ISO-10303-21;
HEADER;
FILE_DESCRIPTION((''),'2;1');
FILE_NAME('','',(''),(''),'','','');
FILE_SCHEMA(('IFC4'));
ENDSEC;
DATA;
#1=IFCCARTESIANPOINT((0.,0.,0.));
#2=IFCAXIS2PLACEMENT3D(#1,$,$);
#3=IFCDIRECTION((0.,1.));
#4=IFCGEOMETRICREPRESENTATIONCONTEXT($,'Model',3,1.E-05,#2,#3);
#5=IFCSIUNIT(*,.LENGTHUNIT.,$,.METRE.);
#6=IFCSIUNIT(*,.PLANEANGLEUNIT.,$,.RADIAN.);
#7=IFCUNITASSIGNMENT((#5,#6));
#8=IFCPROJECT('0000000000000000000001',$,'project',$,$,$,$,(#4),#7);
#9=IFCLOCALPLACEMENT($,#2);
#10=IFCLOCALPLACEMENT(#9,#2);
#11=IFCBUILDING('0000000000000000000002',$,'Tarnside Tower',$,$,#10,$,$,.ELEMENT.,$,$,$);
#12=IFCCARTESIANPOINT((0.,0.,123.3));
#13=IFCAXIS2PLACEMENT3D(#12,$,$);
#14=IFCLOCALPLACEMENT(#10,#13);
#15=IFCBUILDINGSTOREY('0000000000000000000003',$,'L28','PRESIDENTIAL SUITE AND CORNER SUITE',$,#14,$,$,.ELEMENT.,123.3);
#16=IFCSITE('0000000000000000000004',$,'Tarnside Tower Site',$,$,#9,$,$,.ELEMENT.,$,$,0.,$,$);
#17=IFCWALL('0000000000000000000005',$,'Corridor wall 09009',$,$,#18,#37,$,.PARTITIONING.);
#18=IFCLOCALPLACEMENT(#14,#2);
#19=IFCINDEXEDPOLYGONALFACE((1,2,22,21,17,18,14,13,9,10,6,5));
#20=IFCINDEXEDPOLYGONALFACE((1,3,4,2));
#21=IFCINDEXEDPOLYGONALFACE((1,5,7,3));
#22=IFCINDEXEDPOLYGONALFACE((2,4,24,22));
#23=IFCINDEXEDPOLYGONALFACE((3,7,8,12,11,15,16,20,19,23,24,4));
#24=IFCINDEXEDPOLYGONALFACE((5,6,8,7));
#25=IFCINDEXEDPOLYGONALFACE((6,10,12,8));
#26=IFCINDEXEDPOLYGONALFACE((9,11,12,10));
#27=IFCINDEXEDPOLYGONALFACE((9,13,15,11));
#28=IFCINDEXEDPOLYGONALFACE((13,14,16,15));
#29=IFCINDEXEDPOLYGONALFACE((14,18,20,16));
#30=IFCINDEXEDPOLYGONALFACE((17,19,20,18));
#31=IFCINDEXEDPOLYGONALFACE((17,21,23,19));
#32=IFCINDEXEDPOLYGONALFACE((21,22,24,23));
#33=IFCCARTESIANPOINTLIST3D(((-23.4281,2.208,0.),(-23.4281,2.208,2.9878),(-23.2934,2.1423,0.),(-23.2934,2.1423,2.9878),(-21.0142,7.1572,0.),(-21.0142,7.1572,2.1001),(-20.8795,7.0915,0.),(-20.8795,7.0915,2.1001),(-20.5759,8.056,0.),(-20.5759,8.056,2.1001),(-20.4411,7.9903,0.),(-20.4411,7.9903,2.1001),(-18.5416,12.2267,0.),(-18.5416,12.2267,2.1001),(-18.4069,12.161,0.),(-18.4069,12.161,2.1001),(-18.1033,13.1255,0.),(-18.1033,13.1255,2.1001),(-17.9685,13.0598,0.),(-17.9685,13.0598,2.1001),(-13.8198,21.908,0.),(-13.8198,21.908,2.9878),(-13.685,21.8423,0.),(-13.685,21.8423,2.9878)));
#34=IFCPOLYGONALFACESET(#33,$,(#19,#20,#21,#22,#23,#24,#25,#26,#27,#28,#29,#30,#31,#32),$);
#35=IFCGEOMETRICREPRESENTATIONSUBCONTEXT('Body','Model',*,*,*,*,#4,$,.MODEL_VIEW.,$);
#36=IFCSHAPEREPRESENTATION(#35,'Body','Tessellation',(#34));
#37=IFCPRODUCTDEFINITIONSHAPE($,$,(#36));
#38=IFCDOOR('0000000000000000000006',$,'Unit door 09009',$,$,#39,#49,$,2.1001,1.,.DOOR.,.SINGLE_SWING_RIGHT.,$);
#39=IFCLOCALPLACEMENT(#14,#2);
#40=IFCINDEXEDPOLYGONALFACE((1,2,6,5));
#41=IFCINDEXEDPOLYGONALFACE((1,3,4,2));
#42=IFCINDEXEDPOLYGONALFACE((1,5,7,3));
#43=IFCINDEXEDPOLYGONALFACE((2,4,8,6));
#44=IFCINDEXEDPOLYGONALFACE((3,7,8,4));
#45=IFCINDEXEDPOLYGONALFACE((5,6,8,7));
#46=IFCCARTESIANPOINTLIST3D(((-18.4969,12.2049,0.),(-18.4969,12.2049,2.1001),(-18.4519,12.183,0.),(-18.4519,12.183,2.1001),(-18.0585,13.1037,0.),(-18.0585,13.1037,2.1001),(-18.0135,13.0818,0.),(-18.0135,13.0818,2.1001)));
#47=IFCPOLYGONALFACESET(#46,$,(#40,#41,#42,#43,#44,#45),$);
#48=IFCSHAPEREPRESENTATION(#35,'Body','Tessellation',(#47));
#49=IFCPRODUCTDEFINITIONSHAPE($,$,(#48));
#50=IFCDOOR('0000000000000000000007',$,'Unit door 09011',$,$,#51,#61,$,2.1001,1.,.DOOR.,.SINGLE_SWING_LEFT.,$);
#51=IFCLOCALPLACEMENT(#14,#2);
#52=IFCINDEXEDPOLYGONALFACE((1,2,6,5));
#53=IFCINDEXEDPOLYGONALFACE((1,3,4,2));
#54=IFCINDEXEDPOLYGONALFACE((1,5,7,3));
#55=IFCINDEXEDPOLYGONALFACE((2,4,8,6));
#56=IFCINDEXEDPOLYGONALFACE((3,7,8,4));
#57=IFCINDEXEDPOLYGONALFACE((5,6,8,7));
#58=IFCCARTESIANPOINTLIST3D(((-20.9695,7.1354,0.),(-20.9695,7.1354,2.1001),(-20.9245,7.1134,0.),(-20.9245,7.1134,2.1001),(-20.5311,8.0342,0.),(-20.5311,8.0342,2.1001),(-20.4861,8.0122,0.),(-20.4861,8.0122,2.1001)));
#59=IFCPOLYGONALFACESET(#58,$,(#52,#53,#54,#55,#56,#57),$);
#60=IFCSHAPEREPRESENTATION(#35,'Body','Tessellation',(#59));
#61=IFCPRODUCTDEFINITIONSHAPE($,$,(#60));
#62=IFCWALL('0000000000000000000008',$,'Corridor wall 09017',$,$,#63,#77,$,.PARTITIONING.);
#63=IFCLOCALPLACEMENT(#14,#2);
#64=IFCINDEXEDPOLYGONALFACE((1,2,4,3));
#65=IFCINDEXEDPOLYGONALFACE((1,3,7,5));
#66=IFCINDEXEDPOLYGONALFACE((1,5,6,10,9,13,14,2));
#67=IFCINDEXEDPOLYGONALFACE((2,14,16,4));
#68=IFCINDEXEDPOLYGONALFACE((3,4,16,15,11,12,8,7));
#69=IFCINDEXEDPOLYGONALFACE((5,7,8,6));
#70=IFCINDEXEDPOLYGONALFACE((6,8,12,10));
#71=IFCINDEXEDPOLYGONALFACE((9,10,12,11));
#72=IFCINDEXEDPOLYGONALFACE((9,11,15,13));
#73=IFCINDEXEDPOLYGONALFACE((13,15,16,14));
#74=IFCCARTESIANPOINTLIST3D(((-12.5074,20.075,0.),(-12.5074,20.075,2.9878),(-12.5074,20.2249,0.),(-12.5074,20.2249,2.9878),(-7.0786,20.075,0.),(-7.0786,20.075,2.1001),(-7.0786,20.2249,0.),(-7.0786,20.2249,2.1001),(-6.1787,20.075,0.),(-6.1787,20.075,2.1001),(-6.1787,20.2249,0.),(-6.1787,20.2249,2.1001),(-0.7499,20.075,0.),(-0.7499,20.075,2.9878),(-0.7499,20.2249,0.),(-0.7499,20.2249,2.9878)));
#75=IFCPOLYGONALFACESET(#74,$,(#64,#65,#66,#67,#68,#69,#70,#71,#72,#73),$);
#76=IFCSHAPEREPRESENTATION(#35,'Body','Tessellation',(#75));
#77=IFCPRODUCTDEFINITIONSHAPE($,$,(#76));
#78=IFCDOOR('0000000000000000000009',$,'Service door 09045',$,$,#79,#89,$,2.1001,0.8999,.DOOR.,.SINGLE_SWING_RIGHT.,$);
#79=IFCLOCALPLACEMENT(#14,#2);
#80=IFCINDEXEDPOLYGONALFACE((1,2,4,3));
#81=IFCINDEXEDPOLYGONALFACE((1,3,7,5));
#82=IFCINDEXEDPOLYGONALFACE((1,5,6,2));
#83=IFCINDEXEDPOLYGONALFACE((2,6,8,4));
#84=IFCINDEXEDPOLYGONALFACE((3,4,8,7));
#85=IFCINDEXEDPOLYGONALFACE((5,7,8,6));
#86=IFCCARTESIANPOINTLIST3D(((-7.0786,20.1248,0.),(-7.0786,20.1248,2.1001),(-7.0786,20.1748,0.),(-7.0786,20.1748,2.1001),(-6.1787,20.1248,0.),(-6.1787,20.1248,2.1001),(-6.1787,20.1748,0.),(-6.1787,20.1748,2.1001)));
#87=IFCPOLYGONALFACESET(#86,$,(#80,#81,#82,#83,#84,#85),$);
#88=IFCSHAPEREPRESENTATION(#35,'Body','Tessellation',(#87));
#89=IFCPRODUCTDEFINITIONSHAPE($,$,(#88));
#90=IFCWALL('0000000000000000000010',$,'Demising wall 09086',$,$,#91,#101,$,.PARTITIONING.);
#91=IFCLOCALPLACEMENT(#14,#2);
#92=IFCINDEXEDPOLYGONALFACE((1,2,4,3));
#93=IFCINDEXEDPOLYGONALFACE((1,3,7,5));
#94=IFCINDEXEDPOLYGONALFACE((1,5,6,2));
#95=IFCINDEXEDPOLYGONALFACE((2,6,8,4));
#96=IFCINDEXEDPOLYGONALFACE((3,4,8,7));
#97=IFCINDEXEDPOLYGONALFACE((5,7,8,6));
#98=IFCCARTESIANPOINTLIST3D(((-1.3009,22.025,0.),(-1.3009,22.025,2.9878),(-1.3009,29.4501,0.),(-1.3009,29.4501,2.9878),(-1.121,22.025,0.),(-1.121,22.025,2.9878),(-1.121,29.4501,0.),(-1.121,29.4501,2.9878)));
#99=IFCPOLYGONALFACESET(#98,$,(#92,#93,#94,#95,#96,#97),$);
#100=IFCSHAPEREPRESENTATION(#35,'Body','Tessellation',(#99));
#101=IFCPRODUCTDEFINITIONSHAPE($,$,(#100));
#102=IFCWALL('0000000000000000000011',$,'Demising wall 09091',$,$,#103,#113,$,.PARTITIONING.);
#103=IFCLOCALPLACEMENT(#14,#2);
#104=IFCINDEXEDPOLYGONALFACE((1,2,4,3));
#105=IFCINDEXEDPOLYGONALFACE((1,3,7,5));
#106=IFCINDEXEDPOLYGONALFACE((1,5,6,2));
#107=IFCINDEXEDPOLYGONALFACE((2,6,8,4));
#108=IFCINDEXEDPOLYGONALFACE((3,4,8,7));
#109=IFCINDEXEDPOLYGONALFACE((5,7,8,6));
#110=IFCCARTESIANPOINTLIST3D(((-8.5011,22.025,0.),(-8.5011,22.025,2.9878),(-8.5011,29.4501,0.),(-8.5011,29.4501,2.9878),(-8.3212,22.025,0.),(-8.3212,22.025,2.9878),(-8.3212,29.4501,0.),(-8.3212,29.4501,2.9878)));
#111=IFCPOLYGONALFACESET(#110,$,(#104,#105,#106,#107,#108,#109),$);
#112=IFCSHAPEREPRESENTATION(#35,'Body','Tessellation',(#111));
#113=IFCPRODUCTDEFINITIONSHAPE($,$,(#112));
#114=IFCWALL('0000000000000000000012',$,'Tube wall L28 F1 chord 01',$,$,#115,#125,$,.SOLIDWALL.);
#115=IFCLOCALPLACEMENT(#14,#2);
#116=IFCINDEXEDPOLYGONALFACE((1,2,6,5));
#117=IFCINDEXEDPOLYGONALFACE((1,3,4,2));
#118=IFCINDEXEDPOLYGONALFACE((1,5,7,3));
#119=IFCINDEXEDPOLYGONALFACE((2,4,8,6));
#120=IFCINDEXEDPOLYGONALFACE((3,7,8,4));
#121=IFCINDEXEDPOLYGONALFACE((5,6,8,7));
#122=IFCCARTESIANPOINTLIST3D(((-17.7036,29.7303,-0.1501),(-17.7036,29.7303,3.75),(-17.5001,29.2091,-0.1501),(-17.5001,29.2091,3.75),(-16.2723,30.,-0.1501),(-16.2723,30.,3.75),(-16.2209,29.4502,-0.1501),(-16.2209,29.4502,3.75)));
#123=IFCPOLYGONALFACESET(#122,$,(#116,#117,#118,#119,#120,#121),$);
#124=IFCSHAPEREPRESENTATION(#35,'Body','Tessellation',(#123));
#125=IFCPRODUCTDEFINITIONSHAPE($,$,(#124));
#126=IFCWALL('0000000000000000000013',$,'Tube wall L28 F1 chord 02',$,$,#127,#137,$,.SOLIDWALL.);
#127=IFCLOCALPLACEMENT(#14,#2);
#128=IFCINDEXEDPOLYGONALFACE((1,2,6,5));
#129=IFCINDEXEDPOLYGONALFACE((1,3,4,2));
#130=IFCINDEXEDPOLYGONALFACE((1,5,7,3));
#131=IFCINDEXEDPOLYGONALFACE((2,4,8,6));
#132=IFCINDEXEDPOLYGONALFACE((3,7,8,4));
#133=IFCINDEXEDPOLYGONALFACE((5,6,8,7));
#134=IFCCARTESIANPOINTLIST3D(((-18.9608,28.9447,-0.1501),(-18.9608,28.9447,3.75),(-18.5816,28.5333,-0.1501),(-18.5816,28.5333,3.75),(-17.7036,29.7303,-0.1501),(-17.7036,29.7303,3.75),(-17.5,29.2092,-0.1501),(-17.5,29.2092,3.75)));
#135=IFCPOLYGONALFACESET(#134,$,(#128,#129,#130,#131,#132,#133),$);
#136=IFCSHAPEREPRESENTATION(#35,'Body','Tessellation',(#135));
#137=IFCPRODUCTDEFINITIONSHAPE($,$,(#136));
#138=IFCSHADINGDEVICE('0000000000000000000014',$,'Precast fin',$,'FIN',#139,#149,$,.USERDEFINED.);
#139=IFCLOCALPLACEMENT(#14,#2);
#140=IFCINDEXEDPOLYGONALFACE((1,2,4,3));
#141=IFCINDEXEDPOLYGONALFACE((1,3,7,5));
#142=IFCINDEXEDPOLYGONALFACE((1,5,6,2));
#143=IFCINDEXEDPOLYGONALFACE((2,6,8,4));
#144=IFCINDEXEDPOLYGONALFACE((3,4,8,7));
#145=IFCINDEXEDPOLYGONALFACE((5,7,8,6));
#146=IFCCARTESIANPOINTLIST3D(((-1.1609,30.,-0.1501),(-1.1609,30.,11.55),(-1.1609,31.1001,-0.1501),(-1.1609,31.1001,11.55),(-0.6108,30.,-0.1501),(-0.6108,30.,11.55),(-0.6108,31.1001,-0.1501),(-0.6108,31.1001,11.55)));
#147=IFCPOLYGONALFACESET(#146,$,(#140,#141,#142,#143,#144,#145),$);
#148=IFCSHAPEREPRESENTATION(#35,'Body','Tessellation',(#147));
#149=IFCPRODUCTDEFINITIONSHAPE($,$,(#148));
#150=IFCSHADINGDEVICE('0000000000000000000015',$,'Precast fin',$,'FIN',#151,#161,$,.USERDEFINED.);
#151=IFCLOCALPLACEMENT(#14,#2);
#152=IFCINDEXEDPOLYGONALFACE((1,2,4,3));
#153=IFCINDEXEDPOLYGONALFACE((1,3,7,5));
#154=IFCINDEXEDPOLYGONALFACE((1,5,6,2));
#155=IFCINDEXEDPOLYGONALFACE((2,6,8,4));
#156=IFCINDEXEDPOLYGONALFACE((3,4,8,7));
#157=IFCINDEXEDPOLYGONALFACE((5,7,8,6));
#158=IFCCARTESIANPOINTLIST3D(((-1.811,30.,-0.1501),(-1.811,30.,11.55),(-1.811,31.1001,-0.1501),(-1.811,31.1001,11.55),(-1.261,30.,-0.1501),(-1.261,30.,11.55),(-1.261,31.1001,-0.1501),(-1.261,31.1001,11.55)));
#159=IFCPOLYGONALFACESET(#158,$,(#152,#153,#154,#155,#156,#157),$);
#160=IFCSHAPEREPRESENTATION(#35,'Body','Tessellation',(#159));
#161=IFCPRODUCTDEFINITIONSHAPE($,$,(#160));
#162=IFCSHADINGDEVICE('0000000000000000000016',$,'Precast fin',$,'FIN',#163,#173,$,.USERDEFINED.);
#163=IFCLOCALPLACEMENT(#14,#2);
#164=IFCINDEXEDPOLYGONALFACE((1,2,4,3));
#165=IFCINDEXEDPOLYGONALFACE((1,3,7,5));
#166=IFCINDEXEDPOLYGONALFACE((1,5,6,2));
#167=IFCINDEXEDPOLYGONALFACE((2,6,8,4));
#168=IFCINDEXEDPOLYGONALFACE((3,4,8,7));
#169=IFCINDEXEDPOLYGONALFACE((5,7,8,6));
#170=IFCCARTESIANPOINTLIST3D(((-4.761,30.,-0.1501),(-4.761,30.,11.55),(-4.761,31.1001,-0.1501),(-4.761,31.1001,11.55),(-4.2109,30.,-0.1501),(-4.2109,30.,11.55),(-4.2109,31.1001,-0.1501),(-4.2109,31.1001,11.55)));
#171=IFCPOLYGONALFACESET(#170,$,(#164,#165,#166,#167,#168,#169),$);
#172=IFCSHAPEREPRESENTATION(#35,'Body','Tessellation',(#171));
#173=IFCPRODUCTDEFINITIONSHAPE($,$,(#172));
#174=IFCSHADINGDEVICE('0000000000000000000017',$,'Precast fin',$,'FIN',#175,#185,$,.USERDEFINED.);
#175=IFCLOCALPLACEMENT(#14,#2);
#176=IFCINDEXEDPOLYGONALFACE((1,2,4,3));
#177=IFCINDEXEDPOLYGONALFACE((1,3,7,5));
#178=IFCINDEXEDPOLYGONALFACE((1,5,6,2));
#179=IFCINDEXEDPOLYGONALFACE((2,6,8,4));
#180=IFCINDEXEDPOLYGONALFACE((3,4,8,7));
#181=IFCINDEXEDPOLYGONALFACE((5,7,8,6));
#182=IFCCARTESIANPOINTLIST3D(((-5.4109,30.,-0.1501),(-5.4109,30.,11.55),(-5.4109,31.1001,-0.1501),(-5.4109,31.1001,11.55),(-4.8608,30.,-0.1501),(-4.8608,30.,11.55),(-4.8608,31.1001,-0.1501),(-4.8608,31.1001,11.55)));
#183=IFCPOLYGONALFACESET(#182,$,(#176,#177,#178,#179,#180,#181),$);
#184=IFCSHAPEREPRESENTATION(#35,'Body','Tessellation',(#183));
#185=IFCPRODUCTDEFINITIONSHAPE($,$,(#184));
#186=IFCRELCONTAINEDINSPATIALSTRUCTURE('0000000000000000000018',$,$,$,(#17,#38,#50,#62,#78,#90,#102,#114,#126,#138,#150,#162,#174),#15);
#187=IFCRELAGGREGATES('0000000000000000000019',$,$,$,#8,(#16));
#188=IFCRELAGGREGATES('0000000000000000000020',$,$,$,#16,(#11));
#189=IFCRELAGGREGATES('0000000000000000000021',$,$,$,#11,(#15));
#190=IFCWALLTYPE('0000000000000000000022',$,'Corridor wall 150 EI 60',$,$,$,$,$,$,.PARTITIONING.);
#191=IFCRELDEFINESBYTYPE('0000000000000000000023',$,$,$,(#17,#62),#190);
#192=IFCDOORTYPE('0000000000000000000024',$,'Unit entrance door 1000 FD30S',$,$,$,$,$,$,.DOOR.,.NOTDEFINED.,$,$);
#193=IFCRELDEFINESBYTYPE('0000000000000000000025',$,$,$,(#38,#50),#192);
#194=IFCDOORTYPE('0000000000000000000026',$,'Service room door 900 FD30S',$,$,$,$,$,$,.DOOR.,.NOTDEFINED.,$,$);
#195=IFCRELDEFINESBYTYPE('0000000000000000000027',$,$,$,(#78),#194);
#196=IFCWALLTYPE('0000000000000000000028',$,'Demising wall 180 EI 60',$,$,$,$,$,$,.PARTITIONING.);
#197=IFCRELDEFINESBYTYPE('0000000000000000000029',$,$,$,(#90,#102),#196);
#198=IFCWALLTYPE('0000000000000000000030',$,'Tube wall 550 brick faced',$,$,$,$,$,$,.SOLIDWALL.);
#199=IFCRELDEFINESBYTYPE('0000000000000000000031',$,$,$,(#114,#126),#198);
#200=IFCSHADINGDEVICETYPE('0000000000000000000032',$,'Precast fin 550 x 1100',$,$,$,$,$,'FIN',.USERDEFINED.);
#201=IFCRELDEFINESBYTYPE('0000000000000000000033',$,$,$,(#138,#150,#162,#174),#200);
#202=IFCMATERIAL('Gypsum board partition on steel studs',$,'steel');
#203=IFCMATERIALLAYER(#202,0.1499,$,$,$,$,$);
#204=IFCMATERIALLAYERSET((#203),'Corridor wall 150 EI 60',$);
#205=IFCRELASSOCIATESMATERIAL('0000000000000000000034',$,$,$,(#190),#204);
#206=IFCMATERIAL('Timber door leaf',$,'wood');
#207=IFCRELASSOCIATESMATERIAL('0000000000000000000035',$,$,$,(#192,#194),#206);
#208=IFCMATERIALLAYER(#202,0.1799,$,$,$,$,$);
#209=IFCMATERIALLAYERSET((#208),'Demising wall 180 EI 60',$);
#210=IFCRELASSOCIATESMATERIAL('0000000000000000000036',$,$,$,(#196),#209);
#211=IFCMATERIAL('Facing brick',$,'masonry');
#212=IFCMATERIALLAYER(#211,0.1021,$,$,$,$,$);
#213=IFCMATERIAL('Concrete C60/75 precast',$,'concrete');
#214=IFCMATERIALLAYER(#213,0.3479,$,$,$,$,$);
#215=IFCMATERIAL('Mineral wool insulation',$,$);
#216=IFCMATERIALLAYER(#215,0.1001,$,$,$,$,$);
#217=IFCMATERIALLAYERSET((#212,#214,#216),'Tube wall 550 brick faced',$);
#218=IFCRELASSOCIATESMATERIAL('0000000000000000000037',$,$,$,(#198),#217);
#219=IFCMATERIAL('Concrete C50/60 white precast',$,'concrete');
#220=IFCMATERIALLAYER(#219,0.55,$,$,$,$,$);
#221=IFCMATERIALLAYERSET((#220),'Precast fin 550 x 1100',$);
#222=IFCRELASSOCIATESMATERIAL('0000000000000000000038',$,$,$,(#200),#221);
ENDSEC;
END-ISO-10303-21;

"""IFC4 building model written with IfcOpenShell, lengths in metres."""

from ifc_helpers import new_model, si_unit, direction, frame, frame_2d, origin, place, context, subcontext, project, spatial, polyline, rectangle, outline, extrude, material, layer, layer_set, type_object, element, fill, save


model = new_model("IFC4")

# Units and contexts
model_context = context("Model", 3, precision=1e-05, world=origin(), true_north=direction((0.0, 1.0)))
body_context = subcontext(model_context, "Body", "Model", "MODEL_VIEW")
ifc_project = project(units=[si_unit("LENGTHUNIT", "METRE"), si_unit("PLANEANGLEUNIT", "RADIAN")], contexts=[model_context])

# Site, building, storey
site_placement = place(None, origin())
site = spatial("IfcSite", under=ifc_project, at=site_placement, Name="Tarnside Tower Site", CompositionType="ELEMENT", RefElevation=0.0)
building_placement = place(site_placement, origin())
building = spatial("IfcBuilding", under=site, at=building_placement, Name="Tarnside Tower", CompositionType="ELEMENT")
storey_placement = place(building_placement, frame((0.0, 0.0, 123.3)))
storey = spatial("IfcBuildingStorey", under=building, at=storey_placement, Name="L28", Description="PRESIDENTIAL SUITE AND CORNER SUITE", CompositionType="ELEMENT", Elevation=123.3)

# Shared definitions
ifc_material_1 = material(Name="Gypsum board partition on steel studs", Category="steel")
ifc_material_2 = material(Name="Timber door leaf", Category="wood")

# Wall, openings, doors
ifc_layer_1 = layer(ifc_material_1, 0.1499)
ifc_layer_set_1 = layer_set([ifc_layer_1], Name="Corridor wall 150 EI 60")
wall_type_1 = type_object("IfcWallType", Name="Corridor wall 150 EI 60", PredefinedType="PARTITIONING", material=ifc_layer_set_1)
wall_1_placement = place(storey_placement, frame((-13.7524, 21.875, 0.0), z_axis=(0.0, 0.0, 1.0), x_axis=(-0.438374, -0.898792, 0.0)))
wall_1 = element("IfcWall", 1, at=wall_1_placement, inside=storey, type_object=wall_type_1, Name="Corridor wall 09009", PredefinedType="PARTITIONING", context=body_context, shape_type="SweptSolid", body=[
    extrude(rectangle(XDim=21.9182, YDim=0.1499, at=frame_2d((10.959, 0.0))), origin(), (0.0, 0.0, 1.0), 2.9878),
])
opening_1_placement = place(wall_1_placement, frame((9.7712, 0.0, 0.0)))
opening_1 = element("IfcOpeningElement", 2, at=opening_1_placement, cuts=wall_1, PredefinedType="OPENING", context=body_context, shape_type="SweptSolid", body=[
    extrude(rectangle(XDim=1.0, YDim=2.1001, at=frame_2d((0.5, 1.05))), frame((0.0, 0.085, 0.0), z_axis=(0.0, -1.0, 0.0), x_axis=(1.0, 0.0, 0.0)), (0.0, 0.0, 1.0), 0.1699),
])
opening_2_placement = place(wall_1_placement, frame((15.4116, 0.0, 0.0)))
opening_2 = element("IfcOpeningElement", 3, at=opening_2_placement, cuts=wall_1, PredefinedType="OPENING", context=body_context, shape_type="SweptSolid", body=[
    extrude(rectangle(XDim=1.0, YDim=2.1001, at=frame_2d((0.5, 1.05))), frame((0.0, 0.085, 0.0), z_axis=(0.0, -1.0, 0.0), x_axis=(1.0, 0.0, 0.0)), (0.0, 0.0, 1.0), 0.1699),
])
door_type_1 = type_object("IfcDoorType", Name="Unit entrance door 1000 FD30S", OperationType="NOTDEFINED", PredefinedType="DOOR", material=ifc_material_2)
door_1_placement = place(opening_1_placement, origin())
door_1 = element("IfcDoor", 4, at=door_1_placement, inside=storey, type_object=door_type_1, Name="Unit door 09009", OperationType="SINGLE_SWING_RIGHT", OverallHeight=2.1001, OverallWidth=1.0, PredefinedType="DOOR", context=body_context, shape_type="SweptSolid", body=[
    extrude(rectangle(XDim=1.0, YDim=2.1001, at=frame_2d((0.5, 1.05))), frame((0.0, 0.0249, 0.0), z_axis=(0.0, -1.0, 0.0), x_axis=(1.0, 0.0, 0.0)), (0.0, 0.0, 1.0), 0.05),
])
fill(opening_1, door_1)
door_2_placement = place(opening_2_placement, origin())
door_2 = element("IfcDoor", 5, at=door_2_placement, inside=storey, type_object=door_type_1, Name="Unit door 09011", OperationType="SINGLE_SWING_LEFT", OverallHeight=2.1001, OverallWidth=1.0, PredefinedType="DOOR", context=body_context, shape_type="SweptSolid", body=[
    extrude(rectangle(XDim=1.0, YDim=2.1001, at=frame_2d((0.5, 1.05))), frame((0.0, 0.0249, 0.0), z_axis=(0.0, -1.0, 0.0), x_axis=(1.0, 0.0, 0.0)), (0.0, 0.0, 1.0), 0.05),
])
fill(opening_2, door_2)

# Wall, opening, door
wall_2_placement = place(storey_placement, frame((-12.5076, 20.1499, 0.0), z_axis=(0.0, 0.0, 1.0), x_axis=(1.0, 0.0, 0.0)))
wall_2 = element("IfcWall", 6, at=wall_2_placement, inside=storey, type_object=wall_type_1, Name="Corridor wall 09017", PredefinedType="PARTITIONING", context=body_context, shape_type="SweptSolid", body=[
    extrude(rectangle(XDim=11.7576, YDim=0.1499, at=frame_2d((5.8789, 0.0))), origin(), (0.0, 0.0, 1.0), 2.9878),
])
opening_3_placement = place(wall_2_placement, frame((5.429, 0.0, 0.0)))
opening_3 = element("IfcOpeningElement", 7, at=opening_3_placement, cuts=wall_2, PredefinedType="OPENING", context=body_context, shape_type="SweptSolid", body=[
    extrude(rectangle(XDim=0.8999, YDim=2.1001, at=frame_2d((0.45, 1.05))), frame((0.0, 0.085, 0.0), z_axis=(0.0, -1.0, 0.0), x_axis=(1.0, 0.0, 0.0)), (0.0, 0.0, 1.0), 0.1699),
])
door_type_2 = type_object("IfcDoorType", Name="Service room door 900 FD30S", OperationType="NOTDEFINED", PredefinedType="DOOR", material=ifc_material_2)
door_3_placement = place(opening_3_placement, origin())
door_3 = element("IfcDoor", 8, at=door_3_placement, inside=storey, type_object=door_type_2, Name="Service door 09045", OperationType="SINGLE_SWING_RIGHT", OverallHeight=2.1001, OverallWidth=0.8999, PredefinedType="DOOR", context=body_context, shape_type="SweptSolid", body=[
    extrude(rectangle(XDim=0.8999, YDim=2.1001, at=frame_2d((0.45, 1.05))), frame((0.0, 0.0249, 0.0), z_axis=(0.0, -1.0, 0.0), x_axis=(1.0, 0.0, 0.0)), (0.0, 0.0, 1.0), 0.05),
])
fill(opening_3, door_3)

# Walls
ifc_layer_2 = layer(ifc_material_1, 0.1799)
ifc_layer_set_2 = layer_set([ifc_layer_2], Name="Demising wall 180 EI 60")
wall_type_2 = type_object("IfcWallType", Name="Demising wall 180 EI 60", PredefinedType="PARTITIONING", material=ifc_layer_set_2)
for number, where, z_axis, x_axis, name in (
    (9, (-1.2109, 29.45, 0.0), (0.0, 0.0, 1.0), (0.0, -1.0, 0.0), "Demising wall 09086"),
    (10, (-8.4111, 29.45, 0.0), (0.0, 0.0, 1.0), (0.0, -1.0, 0.0), "Demising wall 09091"),
):
    element("IfcWall", number, at=place(storey_placement, frame(where, z_axis=z_axis, x_axis=x_axis)), inside=storey, type_object=wall_type_2, Name=name, PredefinedType="PARTITIONING", context=body_context, shape_type="SweptSolid", body=[
        extrude(rectangle(XDim=7.425, YDim=0.1799, at=frame_2d((3.7124, 0.0))), origin(), (0.0, 0.0, 1.0), 2.9878),
    ])
ifc_material_3 = material(Name="Facing brick", Category="masonry")
ifc_layer_3 = layer(ifc_material_3, 0.1021)
ifc_material_4 = material(Name="Concrete C60/75 precast", Category="concrete")
ifc_layer_4 = layer(ifc_material_4, 0.3479)
ifc_material_5 = material(Name="Mineral wool insulation")
ifc_layer_5 = layer(ifc_material_5, 0.1001)
ifc_layer_set_3 = layer_set([ifc_layer_3, ifc_layer_4, ifc_layer_5], Name="Tube wall 550 brick faced")
wall_type_3 = type_object("IfcWallType", Name="Tube wall 550 brick faced", PredefinedType="SOLIDWALL", material=ifc_layer_set_3)
wall_3_placement = place(storey_placement, frame((-16.2466, 29.7251, -0.1501), z_axis=(0.0, 0.0, 1.0), x_axis=(-0.982705, -0.185176, 0.0)))
element("IfcWall", 11, at=wall_3_placement, inside=storey, type_object=wall_type_3, Name="Tube wall L28 F1 chord 01", PredefinedType="SOLIDWALL", context=body_context, shape_type="SweptSolid", body=[
    extrude(outline(polyline([(-0.0256, -0.2749), (1.4309, -0.2749), (1.3274, 0.2749), (0.0256, 0.2749), (-0.0256, -0.2749)])), origin(), (0.0, 0.0, 1.0), 3.9001),
])
wall_4_placement = place(storey_placement, frame((-17.6018, 29.4697, -0.1501), z_axis=(0.0, 0.0, 1.0), x_axis=(-0.848058, -0.529903, 0.0)))
element("IfcWall", 12, at=wall_4_placement, inside=storey, type_object=wall_type_3, Name="Tube wall L28 F1 chord 02", PredefinedType="SOLIDWALL", context=body_context, shape_type="SweptSolid", body=[
    extrude(outline(polyline([(-0.0518, -0.2749), (1.4307, -0.2749), (1.3271, 0.2749), (0.0518, 0.2749), (-0.0518, -0.2749)])), origin(), (0.0, 0.0, 1.0), 3.9001),
])

# Shading devices
ifc_material_6 = material(Name="Concrete C50/60 white precast", Category="concrete")
ifc_layer_6 = layer(ifc_material_6, 0.55)
ifc_layer_set_4 = layer_set([ifc_layer_6], Name="Precast fin 550 x 1100")
shading_device_type_1 = type_object("IfcShadingDeviceType", Name="Precast fin 550 x 1100", ElementType="FIN", PredefinedType="USERDEFINED", material=ifc_layer_set_4)
for number, where, z_axis, x_axis, name in (
    (13, (-0.886, 30.0, -0.1501), (1.0, 0.0, 0.0), (0.0, 1.0, 0.0), "Precast fin"),
    (14, (-1.5361, 30.0, -0.1501), (1.0, 0.0, 0.0), (0.0, 1.0, 0.0), "Precast fin"),
    (15, (-4.4861, 30.0, -0.1501), (1.0, 0.0, 0.0), (0.0, 1.0, 0.0), "Precast fin"),
    (16, (-5.136, 30.0, -0.1501), (1.0, 0.0, 0.0), (0.0, 1.0, 0.0), "Precast fin"),
):
    element("IfcShadingDevice", number, at=place(storey_placement, frame(where, z_axis=z_axis, x_axis=x_axis)), inside=storey, type_object=shading_device_type_1, Name=name, ObjectType="FIN", PredefinedType="USERDEFINED", context=body_context, shape_type="SweptSolid", body=[
        extrude(outline(polyline([(0.0, 0.0), (1.1001, 0.0), (1.1001, 11.7002), (0.0, 11.7002), (0.0, 0.0)])), frame((0.0, 0.0, -0.2749)), (0.0, 0.0, 1.0), 0.55),
    ])

save(model, "model.ifc")
